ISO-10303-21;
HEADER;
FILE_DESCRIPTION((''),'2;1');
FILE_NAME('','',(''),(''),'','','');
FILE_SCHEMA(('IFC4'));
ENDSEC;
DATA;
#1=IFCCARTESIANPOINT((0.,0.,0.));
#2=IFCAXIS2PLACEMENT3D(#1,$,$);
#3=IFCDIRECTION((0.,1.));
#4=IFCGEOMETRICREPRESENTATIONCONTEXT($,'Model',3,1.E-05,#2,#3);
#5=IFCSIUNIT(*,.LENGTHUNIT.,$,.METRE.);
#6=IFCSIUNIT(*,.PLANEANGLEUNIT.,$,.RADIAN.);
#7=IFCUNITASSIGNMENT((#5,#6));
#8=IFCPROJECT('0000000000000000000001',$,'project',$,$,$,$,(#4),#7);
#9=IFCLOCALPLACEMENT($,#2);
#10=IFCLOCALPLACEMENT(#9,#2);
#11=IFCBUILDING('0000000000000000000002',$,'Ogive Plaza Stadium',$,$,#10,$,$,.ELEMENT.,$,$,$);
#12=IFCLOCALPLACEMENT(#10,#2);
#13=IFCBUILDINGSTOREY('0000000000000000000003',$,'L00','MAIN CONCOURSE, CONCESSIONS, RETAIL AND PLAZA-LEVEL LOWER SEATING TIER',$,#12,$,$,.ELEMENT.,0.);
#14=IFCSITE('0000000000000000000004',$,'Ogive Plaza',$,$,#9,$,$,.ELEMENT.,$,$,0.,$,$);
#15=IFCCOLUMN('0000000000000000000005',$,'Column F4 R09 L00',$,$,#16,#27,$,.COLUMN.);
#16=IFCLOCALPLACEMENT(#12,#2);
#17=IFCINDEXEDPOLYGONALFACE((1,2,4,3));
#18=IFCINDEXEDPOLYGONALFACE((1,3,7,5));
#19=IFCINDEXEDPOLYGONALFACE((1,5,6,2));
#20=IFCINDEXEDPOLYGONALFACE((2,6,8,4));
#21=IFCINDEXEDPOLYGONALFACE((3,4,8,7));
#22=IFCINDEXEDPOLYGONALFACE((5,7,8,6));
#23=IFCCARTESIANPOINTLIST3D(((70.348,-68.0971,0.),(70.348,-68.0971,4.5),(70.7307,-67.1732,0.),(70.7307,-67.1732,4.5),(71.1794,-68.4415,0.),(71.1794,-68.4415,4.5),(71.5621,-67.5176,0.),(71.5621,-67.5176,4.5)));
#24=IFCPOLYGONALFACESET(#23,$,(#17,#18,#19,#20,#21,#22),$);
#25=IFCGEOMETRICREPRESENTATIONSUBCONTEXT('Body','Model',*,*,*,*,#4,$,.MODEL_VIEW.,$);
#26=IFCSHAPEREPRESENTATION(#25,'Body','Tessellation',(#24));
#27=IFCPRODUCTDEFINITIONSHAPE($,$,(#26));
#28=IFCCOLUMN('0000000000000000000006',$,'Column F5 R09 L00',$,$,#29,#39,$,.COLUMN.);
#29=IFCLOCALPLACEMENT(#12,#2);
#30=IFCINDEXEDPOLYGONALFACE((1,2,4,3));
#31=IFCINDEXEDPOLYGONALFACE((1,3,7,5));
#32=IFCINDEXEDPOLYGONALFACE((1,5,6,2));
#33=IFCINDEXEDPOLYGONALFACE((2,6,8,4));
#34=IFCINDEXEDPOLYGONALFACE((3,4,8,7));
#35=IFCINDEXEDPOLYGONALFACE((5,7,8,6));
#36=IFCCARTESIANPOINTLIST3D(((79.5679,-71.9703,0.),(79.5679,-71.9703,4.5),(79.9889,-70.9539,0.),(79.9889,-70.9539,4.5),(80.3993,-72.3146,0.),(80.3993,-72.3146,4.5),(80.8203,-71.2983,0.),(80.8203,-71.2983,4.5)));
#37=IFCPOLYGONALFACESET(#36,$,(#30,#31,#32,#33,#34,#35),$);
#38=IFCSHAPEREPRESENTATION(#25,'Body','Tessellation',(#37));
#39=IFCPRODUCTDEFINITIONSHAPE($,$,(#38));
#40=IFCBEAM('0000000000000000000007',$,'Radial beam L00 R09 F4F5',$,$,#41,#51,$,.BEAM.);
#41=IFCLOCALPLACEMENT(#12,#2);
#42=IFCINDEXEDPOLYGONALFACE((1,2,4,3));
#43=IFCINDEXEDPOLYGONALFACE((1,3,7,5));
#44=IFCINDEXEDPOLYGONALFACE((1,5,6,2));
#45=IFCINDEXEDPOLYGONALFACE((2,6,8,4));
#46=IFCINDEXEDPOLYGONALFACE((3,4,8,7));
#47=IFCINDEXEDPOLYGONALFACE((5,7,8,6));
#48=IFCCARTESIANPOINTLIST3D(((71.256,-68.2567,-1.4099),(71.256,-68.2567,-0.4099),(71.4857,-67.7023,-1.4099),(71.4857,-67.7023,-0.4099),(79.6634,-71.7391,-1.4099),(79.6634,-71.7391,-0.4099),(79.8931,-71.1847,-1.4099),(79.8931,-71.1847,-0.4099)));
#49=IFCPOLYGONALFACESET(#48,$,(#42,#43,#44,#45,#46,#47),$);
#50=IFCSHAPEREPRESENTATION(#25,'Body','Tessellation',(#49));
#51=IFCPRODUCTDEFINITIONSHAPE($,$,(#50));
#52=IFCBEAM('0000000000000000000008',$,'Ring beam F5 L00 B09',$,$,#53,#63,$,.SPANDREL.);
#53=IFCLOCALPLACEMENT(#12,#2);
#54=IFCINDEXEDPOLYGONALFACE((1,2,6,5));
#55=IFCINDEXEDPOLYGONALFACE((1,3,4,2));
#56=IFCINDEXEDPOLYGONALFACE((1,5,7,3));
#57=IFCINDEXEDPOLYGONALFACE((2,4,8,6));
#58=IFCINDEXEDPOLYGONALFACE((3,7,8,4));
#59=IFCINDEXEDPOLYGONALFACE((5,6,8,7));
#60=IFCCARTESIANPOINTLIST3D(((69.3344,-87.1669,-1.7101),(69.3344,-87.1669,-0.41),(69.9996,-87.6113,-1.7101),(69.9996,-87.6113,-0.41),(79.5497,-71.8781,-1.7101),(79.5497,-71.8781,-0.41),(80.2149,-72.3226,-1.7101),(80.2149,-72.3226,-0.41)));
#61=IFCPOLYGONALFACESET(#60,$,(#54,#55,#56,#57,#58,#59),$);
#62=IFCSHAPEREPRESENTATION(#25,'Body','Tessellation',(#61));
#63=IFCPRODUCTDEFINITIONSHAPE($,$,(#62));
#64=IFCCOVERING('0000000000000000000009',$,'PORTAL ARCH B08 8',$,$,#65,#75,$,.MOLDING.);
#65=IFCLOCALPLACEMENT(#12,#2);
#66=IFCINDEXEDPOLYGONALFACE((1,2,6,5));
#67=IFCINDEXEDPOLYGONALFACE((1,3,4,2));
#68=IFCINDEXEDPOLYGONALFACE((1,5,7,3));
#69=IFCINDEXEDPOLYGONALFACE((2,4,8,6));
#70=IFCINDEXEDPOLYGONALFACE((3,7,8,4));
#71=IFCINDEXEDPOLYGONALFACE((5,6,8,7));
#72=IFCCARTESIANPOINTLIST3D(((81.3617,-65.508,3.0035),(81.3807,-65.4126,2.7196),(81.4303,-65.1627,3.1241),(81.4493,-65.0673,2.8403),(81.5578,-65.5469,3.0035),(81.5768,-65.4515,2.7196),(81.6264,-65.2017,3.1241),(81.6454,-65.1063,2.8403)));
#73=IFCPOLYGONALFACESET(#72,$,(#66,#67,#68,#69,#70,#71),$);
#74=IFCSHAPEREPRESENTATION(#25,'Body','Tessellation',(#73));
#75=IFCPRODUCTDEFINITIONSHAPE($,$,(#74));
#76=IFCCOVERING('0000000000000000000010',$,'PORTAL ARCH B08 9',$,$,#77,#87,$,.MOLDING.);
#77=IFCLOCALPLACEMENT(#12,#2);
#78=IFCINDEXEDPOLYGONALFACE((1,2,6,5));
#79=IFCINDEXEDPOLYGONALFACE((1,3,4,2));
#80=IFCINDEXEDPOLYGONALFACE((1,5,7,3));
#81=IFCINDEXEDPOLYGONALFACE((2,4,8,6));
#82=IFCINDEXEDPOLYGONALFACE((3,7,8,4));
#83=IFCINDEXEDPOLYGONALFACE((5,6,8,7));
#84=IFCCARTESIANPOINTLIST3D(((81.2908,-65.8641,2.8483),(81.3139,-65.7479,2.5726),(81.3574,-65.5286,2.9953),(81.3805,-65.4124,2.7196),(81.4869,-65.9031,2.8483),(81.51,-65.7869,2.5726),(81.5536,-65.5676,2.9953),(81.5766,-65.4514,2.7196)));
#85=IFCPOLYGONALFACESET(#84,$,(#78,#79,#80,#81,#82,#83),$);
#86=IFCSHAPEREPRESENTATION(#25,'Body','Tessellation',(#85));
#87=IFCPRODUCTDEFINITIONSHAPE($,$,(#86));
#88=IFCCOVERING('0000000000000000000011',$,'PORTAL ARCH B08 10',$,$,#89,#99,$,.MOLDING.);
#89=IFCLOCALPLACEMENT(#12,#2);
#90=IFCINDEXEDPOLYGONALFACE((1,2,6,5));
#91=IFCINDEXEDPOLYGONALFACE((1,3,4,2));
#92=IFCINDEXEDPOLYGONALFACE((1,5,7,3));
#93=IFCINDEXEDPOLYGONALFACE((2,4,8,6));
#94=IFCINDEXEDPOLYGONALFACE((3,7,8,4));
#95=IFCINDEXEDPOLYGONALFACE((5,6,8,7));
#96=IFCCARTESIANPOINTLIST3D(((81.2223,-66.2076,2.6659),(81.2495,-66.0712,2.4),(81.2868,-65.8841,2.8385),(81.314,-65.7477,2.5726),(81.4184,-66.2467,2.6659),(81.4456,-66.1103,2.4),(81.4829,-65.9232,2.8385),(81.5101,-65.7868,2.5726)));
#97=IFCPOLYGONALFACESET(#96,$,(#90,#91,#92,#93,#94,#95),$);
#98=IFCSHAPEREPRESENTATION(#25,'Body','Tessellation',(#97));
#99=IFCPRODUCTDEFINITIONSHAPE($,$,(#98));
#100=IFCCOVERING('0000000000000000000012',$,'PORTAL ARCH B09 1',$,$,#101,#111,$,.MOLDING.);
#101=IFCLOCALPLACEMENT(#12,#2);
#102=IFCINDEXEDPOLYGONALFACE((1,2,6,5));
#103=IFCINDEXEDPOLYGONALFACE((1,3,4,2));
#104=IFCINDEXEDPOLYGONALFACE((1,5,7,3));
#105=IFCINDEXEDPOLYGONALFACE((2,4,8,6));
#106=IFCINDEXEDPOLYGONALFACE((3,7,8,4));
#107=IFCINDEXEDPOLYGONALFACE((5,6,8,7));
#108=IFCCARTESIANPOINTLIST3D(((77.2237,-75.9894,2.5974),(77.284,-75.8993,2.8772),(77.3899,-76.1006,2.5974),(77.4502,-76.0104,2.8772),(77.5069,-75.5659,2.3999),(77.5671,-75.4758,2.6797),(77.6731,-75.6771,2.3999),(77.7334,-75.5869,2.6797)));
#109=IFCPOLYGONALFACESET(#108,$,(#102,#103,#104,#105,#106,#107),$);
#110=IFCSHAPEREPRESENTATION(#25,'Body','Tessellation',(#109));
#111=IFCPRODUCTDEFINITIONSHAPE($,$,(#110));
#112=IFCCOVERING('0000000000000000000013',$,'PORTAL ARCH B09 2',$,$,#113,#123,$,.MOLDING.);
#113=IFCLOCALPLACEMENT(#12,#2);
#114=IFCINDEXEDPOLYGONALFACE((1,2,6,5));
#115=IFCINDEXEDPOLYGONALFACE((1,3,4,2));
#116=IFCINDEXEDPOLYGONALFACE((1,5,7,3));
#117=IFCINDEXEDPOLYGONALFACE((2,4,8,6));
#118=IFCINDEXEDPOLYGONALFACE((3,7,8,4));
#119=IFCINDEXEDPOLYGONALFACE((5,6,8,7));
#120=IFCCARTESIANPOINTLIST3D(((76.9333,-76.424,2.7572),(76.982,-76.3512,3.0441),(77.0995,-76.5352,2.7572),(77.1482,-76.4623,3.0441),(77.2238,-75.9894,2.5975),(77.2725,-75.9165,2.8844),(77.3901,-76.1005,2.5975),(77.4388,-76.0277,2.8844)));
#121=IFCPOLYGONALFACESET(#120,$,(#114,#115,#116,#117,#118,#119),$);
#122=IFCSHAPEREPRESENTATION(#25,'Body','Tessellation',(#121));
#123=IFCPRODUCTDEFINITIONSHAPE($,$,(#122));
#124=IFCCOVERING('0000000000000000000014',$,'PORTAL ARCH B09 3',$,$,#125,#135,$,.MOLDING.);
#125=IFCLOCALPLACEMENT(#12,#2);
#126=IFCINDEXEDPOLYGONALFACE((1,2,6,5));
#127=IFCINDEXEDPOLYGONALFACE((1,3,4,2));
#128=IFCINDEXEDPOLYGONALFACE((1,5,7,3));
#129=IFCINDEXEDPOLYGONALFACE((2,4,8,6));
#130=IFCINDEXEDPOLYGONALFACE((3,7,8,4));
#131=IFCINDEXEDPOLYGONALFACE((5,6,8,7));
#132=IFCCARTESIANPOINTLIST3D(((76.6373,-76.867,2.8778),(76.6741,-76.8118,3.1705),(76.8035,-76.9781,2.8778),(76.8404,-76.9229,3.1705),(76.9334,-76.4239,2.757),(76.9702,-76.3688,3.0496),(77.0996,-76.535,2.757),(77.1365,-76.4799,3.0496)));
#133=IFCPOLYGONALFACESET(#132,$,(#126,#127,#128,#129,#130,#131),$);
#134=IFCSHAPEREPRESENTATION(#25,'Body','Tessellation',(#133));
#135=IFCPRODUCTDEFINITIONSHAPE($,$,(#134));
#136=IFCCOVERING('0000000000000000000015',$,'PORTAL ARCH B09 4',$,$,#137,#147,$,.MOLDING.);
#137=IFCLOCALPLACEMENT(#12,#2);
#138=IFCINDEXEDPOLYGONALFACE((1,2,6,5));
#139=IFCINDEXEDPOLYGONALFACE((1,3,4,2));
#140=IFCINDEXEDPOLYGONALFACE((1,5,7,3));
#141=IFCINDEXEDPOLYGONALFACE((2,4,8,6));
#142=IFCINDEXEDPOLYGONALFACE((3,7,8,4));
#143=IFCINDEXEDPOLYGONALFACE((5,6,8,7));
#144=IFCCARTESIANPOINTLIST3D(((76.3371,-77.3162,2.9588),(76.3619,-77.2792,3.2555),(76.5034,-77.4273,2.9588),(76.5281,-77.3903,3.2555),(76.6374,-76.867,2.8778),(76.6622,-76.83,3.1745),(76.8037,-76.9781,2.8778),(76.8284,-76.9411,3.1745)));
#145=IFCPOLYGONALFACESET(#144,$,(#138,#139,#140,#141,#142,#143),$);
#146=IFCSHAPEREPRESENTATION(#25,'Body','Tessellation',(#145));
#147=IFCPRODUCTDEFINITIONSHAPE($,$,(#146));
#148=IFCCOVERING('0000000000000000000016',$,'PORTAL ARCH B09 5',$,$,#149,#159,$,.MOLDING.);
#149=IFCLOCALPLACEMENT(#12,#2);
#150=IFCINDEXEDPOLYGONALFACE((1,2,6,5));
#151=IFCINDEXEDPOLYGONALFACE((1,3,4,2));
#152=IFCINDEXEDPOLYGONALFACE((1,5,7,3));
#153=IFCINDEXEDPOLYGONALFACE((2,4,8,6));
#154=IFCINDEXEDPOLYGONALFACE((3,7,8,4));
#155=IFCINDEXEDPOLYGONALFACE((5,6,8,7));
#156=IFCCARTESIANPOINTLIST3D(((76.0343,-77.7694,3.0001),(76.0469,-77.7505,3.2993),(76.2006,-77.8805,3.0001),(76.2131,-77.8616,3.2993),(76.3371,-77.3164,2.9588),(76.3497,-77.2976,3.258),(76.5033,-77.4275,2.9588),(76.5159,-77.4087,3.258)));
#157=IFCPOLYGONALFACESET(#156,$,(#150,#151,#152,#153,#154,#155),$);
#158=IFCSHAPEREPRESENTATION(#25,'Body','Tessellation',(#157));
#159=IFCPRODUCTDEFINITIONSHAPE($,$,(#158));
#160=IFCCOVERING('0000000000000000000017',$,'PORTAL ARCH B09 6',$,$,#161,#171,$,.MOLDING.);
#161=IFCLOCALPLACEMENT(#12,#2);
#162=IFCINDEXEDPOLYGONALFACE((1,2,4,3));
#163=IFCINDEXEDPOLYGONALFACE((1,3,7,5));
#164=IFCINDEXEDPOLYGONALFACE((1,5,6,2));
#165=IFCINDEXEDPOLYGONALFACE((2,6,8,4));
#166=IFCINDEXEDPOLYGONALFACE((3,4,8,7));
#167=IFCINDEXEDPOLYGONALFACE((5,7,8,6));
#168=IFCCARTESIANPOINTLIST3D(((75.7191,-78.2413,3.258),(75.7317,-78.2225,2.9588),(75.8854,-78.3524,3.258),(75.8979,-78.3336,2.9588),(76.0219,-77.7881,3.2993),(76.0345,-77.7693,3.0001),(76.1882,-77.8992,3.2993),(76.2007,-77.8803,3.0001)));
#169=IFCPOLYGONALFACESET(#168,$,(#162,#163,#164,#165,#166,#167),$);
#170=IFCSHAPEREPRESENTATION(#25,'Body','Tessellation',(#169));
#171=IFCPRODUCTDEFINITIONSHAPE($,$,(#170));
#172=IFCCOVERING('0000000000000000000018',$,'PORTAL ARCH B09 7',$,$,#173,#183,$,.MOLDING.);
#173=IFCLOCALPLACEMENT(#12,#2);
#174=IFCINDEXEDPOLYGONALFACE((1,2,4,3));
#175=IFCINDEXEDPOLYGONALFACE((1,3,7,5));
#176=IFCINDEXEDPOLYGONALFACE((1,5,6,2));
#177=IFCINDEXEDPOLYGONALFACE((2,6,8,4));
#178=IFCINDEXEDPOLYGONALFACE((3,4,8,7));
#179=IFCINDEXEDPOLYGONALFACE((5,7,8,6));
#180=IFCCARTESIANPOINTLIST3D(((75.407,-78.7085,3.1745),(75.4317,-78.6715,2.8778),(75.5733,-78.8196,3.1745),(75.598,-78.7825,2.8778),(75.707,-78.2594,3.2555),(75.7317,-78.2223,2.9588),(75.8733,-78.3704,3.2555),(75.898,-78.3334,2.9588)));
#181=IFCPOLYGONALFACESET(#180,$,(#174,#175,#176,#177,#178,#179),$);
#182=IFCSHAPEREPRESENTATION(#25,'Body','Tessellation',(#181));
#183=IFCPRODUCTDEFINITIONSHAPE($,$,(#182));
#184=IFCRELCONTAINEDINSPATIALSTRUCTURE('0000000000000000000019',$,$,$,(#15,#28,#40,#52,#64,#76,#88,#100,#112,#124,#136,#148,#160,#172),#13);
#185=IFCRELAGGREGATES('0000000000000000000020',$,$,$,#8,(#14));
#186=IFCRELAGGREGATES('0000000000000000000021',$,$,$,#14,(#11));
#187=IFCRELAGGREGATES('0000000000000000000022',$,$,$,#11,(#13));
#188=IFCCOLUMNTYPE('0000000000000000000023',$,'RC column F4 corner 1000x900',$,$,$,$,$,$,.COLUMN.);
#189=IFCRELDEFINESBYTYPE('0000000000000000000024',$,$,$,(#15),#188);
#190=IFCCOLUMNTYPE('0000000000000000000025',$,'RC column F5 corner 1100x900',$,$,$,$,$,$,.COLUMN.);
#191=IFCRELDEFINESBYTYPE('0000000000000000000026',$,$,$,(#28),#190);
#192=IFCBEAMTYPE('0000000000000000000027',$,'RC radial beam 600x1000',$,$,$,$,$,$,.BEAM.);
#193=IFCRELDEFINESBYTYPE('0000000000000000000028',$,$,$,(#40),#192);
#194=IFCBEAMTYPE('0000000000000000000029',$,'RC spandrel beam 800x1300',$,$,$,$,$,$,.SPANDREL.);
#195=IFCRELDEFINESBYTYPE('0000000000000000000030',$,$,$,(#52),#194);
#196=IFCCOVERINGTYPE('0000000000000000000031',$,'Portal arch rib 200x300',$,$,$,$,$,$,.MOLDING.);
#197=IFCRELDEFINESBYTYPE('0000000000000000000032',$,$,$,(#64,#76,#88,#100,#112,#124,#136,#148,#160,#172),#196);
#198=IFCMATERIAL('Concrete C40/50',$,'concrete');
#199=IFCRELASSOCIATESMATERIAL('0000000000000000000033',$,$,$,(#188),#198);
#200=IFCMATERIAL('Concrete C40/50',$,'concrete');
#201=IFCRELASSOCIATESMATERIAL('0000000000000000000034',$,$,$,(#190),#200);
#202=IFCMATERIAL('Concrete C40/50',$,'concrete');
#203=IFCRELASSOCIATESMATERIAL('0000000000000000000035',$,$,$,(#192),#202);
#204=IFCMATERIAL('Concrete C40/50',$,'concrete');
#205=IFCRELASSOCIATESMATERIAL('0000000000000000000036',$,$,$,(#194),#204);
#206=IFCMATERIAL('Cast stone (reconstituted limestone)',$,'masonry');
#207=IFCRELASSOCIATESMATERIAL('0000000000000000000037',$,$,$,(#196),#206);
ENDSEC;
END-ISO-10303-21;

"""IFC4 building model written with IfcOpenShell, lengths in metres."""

from ifc_helpers import new_model, si_unit, direction, frame, origin, origin_2d, place, context, subcontext, project, spatial, rectangle, extrude, material, material_profile, profile_set, type_object, element, save


model = new_model("IFC4")

# Units and contexts
model_context = context("Model", 3, precision=1e-05, world=origin(), true_north=direction((0.0, 1.0)))
body_context = subcontext(model_context, "Body", "Model", "MODEL_VIEW")
ifc_project = project(units=[si_unit("LENGTHUNIT", "METRE"), si_unit("PLANEANGLEUNIT", "RADIAN")], contexts=[model_context])

# Site, building, storey
site_placement = place(None, origin())
site = spatial("IfcSite", under=ifc_project, at=site_placement, Name="Ogive Plaza", CompositionType="ELEMENT", RefElevation=0.0)
building_placement = place(site_placement, origin())
building = spatial("IfcBuilding", under=site, at=building_placement, Name="Ogive Plaza Stadium", CompositionType="ELEMENT")
storey_placement = place(building_placement, origin())
storey = spatial("IfcBuildingStorey", under=building, at=storey_placement, Name="L00", Description="MAIN CONCOURSE, CONCESSIONS, RETAIL AND PLAZA-LEVEL LOWER SEATING TIER", CompositionType="ELEMENT", Elevation=0.0)

# Columns
ifc_material_1 = material(Name="Concrete C40/50", Category="concrete")
ifc_material_profile_1 = material_profile(ifc_material_1, rectangle(XDim=1.0, YDim=0.8999, at=origin_2d()), Name="RC 1000x900")
ifc_profile_set_1 = profile_set([ifc_material_profile_1], Name="Concrete C40/50")
column_type_1 = type_object("IfcColumnType", Name="RC column F4 corner 1000x900", PredefinedType="COLUMN", material=ifc_profile_set_1)
column_1_placement = place(storey_placement, frame((70.9551, -67.8074, 0.0), z_axis=(0.0, 0.0, 1.0), x_axis=(0.382683, 0.92388, 0.0)))
element("IfcColumn", 1, at=column_1_placement, inside=storey, type_object=column_type_1, Name="Column F4 R09 L00", PredefinedType="COLUMN", context=body_context, shape_type="SweptSolid", body=[
    extrude(rectangle(XDim=1.0, YDim=0.8999, at=origin_2d()), origin(), (0.0, 0.0, 1.0), 4.5),
])
ifc_material_2 = material(Name="Concrete C40/50", Category="concrete")
ifc_material_profile_2 = material_profile(ifc_material_2, rectangle(XDim=1.1001, YDim=0.8999, at=origin_2d()), Name="RC 1100x900")
ifc_profile_set_2 = profile_set([ifc_material_profile_2], Name="Concrete C40/50")
column_type_2 = type_object("IfcColumnType", Name="RC column F5 corner 1100x900", PredefinedType="COLUMN", material=ifc_profile_set_2)
column_2_placement = place(storey_placement, frame((80.1941, -71.6343, 0.0), z_axis=(0.0, 0.0, 1.0), x_axis=(0.382683, 0.92388, 0.0)))
element("IfcColumn", 2, at=column_2_placement, inside=storey, type_object=column_type_2, Name="Column F5 R09 L00", PredefinedType="COLUMN", context=body_context, shape_type="SweptSolid", body=[
    extrude(rectangle(XDim=1.1001, YDim=0.8999, at=origin_2d()), origin(), (0.0, 0.0, 1.0), 4.5),
])

# Beams
ifc_material_3 = material(Name="Concrete C40/50", Category="concrete")
ifc_material_profile_3 = material_profile(ifc_material_3, rectangle(XDim=0.6001, YDim=1.0, at=origin_2d()), Name="RC 600x1000")
ifc_profile_set_3 = profile_set([ifc_material_profile_3], Name="Concrete C40/50")
beam_type_1 = type_object("IfcBeamType", Name="RC radial beam 600x1000", PredefinedType="BEAM", material=ifc_profile_set_3)
beam_1_placement = place(storey_placement, frame((71.3708, -67.9795, -0.9099), z_axis=(0.923882, -0.382677, 0.0), x_axis=(0.382677, 0.923882, 0.0)))
element("IfcBeam", 3, at=beam_1_placement, inside=storey, type_object=beam_type_1, Name="Radial beam L00 R09 F4F5", PredefinedType="BEAM", context=body_context, shape_type="SweptSolid", body=[
    extrude(rectangle(XDim=0.6001, YDim=1.0, at=origin_2d()), origin(), (0.0, 0.0, 1.0), 9.1001),
])
ifc_material_4 = material(Name="Concrete C40/50", Category="concrete")
ifc_material_profile_4 = material_profile(ifc_material_4, rectangle(XDim=0.8, YDim=1.3, at=origin_2d()), Name="RC 800x1300")
ifc_profile_set_4 = profile_set([ifc_material_profile_4], Name="Concrete C40/50")
beam_type_2 = type_object("IfcBeamType", Name="RC spandrel beam 800x1300", PredefinedType="SPANDREL", material=ifc_profile_set_4)
beam_2_placement = place(storey_placement, frame((79.8823, -72.1003, -1.0601), z_axis=(-0.555558, -0.831478, 0.0), x_axis=(0.831478, -0.555558, 0.0)))
element("IfcBeam", 4, at=beam_2_placement, inside=storey, type_object=beam_type_2, Name="Ring beam F5 L00 B09", PredefinedType="SPANDREL", context=body_context, shape_type="SweptSolid", body=[
    extrude(rectangle(XDim=0.8, YDim=1.3, at=origin_2d()), origin(), (0.0, 0.0, 1.0), 18.3875),
])

# Coverings
ifc_material_5 = material(Name="Cast stone (reconstituted limestone)", Category="masonry")
ifc_material_profile_5 = material_profile(ifc_material_5, rectangle(XDim=0.2, YDim=0.3, at=origin_2d()), Name="Cast stone 200x300")
ifc_profile_set_5 = profile_set([ifc_material_profile_5], Name="Cast stone (reconstituted limestone)")
covering_type = type_object("IfcCoveringType", Name="Portal arch rib 200x300", PredefinedType="MOLDING", material=ifc_profile_set_5)
covering_1_placement = place(storey_placement, frame((81.5378, -65.1345, 2.9822), z_axis=(-0.18439, -0.927858, -0.32416), x_axis=(0.98082, -0.194915, 0.0)))
element("IfcCovering", 5, at=covering_1_placement, inside=storey, type_object=covering_type, Name="PORTAL ARCH B08 8", PredefinedType="MOLDING", context=body_context, shape_type="SweptSolid", body=[
    extrude(rectangle(XDim=0.2, YDim=0.3, at=origin_2d()), origin(), (0.0, 0.0, 1.0), 0.3721),
])
for number, where, z_axis, x_axis, name in (
    (6, (81.467, -65.49, 2.8574), (-0.179048, -0.901142, -0.394823), (0.980827, -0.19488, 0.0), "PORTAL ARCH B08 9"),
    (7, (81.3984, -65.8354, 2.7056), (-0.173132, -0.868937, -0.463652), (0.980723, -0.195404, 0.0), "PORTAL ARCH B08 10"),
):
    element("IfcCovering", number, at=place(storey_placement, frame(where, z_axis=z_axis, x_axis=x_axis)), inside=storey, type_object=covering_type, Name=name, PredefinedType="MOLDING", context=body_context, shape_type="SweptSolid", body=[
        extrude(rectangle(XDim=0.2, YDim=0.3, at=origin_2d()), origin(), (0.0, 0.0, 1.0), 0.3723),
    ])
covering_2_placement = place(storey_placement, frame((77.6201, -75.5764, 2.5398), z_axis=(-0.518234, -0.775117, 0.361424), x_axis=(0.831312, -0.555805, 0.0)))
element("IfcCovering", 8, at=covering_2_placement, inside=storey, type_object=covering_type, Name="PORTAL ARCH B09 1", PredefinedType="MOLDING", context=body_context, shape_type="SweptSolid", body=[
    extrude(rectangle(XDim=0.2, YDim=0.3, at=origin_2d()), origin(), (0.0, 0.0, 1.0), 0.5464),
])
covering_3_placement = place(storey_placement, frame((77.3313, -76.0085, 2.741), z_axis=(-0.531535, -0.79507, 0.292121), x_axis=(0.831331, -0.555778, 0.0)))
element("IfcCovering", 9, at=covering_3_placement, inside=storey, type_object=covering_type, Name="PORTAL ARCH B09 2", PredefinedType="MOLDING", context=body_context, shape_type="SweptSolid", body=[
    extrude(rectangle(XDim=0.2, YDim=0.3, at=origin_2d()), origin(), (0.0, 0.0, 1.0), 0.5466),
])
for number, where, z_axis, x_axis, name in (
    (10, (77.0349, -76.4519, 2.9033), (-0.541895, -0.810832, 0.221136), (0.831415, -0.555651, 0.0), "PORTAL ARCH B09 3"),
    (11, (76.7329, -76.9041, 3.0261), (-0.549593, -0.822156, 0.148346), (0.831355, -0.555742, 0.0), "PORTAL ARCH B09 4"),
    (12, (76.4265, -77.3625, 3.1084), (-0.554147, -0.828986, 0.075525), (0.83136, -0.555734, 0.0), "PORTAL ARCH B09 5"),
):
    element("IfcCovering", number, at=place(storey_placement, frame(where, z_axis=z_axis, x_axis=x_axis)), inside=storey, type_object=covering_type, Name=name, PredefinedType="MOLDING", context=body_context, shape_type="SweptSolid", body=[
        extrude(rectangle(XDim=0.2, YDim=0.3, at=origin_2d()), origin(), (0.0, 0.0, 1.0), 0.5464),
    ])
covering_4_placement = place(storey_placement, frame((76.1113, -77.8342, 3.1497), z_axis=(-0.553942, -0.829125, -0.075497), x_axis=(0.831498, -0.555527, 0.0)))
element("IfcCovering", 13, at=covering_4_placement, inside=storey, type_object=covering_type, Name="PORTAL ARCH B09 6", PredefinedType="MOLDING", context=body_context, shape_type="SweptSolid", body=[
    extrude(rectangle(XDim=0.2, YDim=0.3, at=origin_2d()), origin(), (0.0, 0.0, 1.0), 0.5466),
])
covering_5_placement = place(storey_placement, frame((75.8025, -78.2964, 3.1072), z_axis=(-0.549281, -0.822358, -0.148382), x_axis=(0.831563, -0.55543, 0.0)))
element("IfcCovering", 14, at=covering_5_placement, inside=storey, type_object=covering_type, Name="PORTAL ARCH B09 7", PredefinedType="MOLDING", context=body_context, shape_type="SweptSolid", body=[
    extrude(rectangle(XDim=0.2, YDim=0.3, at=origin_2d()), origin(), (0.0, 0.0, 1.0), 0.5461),
])

save(model, "model.ifc")
